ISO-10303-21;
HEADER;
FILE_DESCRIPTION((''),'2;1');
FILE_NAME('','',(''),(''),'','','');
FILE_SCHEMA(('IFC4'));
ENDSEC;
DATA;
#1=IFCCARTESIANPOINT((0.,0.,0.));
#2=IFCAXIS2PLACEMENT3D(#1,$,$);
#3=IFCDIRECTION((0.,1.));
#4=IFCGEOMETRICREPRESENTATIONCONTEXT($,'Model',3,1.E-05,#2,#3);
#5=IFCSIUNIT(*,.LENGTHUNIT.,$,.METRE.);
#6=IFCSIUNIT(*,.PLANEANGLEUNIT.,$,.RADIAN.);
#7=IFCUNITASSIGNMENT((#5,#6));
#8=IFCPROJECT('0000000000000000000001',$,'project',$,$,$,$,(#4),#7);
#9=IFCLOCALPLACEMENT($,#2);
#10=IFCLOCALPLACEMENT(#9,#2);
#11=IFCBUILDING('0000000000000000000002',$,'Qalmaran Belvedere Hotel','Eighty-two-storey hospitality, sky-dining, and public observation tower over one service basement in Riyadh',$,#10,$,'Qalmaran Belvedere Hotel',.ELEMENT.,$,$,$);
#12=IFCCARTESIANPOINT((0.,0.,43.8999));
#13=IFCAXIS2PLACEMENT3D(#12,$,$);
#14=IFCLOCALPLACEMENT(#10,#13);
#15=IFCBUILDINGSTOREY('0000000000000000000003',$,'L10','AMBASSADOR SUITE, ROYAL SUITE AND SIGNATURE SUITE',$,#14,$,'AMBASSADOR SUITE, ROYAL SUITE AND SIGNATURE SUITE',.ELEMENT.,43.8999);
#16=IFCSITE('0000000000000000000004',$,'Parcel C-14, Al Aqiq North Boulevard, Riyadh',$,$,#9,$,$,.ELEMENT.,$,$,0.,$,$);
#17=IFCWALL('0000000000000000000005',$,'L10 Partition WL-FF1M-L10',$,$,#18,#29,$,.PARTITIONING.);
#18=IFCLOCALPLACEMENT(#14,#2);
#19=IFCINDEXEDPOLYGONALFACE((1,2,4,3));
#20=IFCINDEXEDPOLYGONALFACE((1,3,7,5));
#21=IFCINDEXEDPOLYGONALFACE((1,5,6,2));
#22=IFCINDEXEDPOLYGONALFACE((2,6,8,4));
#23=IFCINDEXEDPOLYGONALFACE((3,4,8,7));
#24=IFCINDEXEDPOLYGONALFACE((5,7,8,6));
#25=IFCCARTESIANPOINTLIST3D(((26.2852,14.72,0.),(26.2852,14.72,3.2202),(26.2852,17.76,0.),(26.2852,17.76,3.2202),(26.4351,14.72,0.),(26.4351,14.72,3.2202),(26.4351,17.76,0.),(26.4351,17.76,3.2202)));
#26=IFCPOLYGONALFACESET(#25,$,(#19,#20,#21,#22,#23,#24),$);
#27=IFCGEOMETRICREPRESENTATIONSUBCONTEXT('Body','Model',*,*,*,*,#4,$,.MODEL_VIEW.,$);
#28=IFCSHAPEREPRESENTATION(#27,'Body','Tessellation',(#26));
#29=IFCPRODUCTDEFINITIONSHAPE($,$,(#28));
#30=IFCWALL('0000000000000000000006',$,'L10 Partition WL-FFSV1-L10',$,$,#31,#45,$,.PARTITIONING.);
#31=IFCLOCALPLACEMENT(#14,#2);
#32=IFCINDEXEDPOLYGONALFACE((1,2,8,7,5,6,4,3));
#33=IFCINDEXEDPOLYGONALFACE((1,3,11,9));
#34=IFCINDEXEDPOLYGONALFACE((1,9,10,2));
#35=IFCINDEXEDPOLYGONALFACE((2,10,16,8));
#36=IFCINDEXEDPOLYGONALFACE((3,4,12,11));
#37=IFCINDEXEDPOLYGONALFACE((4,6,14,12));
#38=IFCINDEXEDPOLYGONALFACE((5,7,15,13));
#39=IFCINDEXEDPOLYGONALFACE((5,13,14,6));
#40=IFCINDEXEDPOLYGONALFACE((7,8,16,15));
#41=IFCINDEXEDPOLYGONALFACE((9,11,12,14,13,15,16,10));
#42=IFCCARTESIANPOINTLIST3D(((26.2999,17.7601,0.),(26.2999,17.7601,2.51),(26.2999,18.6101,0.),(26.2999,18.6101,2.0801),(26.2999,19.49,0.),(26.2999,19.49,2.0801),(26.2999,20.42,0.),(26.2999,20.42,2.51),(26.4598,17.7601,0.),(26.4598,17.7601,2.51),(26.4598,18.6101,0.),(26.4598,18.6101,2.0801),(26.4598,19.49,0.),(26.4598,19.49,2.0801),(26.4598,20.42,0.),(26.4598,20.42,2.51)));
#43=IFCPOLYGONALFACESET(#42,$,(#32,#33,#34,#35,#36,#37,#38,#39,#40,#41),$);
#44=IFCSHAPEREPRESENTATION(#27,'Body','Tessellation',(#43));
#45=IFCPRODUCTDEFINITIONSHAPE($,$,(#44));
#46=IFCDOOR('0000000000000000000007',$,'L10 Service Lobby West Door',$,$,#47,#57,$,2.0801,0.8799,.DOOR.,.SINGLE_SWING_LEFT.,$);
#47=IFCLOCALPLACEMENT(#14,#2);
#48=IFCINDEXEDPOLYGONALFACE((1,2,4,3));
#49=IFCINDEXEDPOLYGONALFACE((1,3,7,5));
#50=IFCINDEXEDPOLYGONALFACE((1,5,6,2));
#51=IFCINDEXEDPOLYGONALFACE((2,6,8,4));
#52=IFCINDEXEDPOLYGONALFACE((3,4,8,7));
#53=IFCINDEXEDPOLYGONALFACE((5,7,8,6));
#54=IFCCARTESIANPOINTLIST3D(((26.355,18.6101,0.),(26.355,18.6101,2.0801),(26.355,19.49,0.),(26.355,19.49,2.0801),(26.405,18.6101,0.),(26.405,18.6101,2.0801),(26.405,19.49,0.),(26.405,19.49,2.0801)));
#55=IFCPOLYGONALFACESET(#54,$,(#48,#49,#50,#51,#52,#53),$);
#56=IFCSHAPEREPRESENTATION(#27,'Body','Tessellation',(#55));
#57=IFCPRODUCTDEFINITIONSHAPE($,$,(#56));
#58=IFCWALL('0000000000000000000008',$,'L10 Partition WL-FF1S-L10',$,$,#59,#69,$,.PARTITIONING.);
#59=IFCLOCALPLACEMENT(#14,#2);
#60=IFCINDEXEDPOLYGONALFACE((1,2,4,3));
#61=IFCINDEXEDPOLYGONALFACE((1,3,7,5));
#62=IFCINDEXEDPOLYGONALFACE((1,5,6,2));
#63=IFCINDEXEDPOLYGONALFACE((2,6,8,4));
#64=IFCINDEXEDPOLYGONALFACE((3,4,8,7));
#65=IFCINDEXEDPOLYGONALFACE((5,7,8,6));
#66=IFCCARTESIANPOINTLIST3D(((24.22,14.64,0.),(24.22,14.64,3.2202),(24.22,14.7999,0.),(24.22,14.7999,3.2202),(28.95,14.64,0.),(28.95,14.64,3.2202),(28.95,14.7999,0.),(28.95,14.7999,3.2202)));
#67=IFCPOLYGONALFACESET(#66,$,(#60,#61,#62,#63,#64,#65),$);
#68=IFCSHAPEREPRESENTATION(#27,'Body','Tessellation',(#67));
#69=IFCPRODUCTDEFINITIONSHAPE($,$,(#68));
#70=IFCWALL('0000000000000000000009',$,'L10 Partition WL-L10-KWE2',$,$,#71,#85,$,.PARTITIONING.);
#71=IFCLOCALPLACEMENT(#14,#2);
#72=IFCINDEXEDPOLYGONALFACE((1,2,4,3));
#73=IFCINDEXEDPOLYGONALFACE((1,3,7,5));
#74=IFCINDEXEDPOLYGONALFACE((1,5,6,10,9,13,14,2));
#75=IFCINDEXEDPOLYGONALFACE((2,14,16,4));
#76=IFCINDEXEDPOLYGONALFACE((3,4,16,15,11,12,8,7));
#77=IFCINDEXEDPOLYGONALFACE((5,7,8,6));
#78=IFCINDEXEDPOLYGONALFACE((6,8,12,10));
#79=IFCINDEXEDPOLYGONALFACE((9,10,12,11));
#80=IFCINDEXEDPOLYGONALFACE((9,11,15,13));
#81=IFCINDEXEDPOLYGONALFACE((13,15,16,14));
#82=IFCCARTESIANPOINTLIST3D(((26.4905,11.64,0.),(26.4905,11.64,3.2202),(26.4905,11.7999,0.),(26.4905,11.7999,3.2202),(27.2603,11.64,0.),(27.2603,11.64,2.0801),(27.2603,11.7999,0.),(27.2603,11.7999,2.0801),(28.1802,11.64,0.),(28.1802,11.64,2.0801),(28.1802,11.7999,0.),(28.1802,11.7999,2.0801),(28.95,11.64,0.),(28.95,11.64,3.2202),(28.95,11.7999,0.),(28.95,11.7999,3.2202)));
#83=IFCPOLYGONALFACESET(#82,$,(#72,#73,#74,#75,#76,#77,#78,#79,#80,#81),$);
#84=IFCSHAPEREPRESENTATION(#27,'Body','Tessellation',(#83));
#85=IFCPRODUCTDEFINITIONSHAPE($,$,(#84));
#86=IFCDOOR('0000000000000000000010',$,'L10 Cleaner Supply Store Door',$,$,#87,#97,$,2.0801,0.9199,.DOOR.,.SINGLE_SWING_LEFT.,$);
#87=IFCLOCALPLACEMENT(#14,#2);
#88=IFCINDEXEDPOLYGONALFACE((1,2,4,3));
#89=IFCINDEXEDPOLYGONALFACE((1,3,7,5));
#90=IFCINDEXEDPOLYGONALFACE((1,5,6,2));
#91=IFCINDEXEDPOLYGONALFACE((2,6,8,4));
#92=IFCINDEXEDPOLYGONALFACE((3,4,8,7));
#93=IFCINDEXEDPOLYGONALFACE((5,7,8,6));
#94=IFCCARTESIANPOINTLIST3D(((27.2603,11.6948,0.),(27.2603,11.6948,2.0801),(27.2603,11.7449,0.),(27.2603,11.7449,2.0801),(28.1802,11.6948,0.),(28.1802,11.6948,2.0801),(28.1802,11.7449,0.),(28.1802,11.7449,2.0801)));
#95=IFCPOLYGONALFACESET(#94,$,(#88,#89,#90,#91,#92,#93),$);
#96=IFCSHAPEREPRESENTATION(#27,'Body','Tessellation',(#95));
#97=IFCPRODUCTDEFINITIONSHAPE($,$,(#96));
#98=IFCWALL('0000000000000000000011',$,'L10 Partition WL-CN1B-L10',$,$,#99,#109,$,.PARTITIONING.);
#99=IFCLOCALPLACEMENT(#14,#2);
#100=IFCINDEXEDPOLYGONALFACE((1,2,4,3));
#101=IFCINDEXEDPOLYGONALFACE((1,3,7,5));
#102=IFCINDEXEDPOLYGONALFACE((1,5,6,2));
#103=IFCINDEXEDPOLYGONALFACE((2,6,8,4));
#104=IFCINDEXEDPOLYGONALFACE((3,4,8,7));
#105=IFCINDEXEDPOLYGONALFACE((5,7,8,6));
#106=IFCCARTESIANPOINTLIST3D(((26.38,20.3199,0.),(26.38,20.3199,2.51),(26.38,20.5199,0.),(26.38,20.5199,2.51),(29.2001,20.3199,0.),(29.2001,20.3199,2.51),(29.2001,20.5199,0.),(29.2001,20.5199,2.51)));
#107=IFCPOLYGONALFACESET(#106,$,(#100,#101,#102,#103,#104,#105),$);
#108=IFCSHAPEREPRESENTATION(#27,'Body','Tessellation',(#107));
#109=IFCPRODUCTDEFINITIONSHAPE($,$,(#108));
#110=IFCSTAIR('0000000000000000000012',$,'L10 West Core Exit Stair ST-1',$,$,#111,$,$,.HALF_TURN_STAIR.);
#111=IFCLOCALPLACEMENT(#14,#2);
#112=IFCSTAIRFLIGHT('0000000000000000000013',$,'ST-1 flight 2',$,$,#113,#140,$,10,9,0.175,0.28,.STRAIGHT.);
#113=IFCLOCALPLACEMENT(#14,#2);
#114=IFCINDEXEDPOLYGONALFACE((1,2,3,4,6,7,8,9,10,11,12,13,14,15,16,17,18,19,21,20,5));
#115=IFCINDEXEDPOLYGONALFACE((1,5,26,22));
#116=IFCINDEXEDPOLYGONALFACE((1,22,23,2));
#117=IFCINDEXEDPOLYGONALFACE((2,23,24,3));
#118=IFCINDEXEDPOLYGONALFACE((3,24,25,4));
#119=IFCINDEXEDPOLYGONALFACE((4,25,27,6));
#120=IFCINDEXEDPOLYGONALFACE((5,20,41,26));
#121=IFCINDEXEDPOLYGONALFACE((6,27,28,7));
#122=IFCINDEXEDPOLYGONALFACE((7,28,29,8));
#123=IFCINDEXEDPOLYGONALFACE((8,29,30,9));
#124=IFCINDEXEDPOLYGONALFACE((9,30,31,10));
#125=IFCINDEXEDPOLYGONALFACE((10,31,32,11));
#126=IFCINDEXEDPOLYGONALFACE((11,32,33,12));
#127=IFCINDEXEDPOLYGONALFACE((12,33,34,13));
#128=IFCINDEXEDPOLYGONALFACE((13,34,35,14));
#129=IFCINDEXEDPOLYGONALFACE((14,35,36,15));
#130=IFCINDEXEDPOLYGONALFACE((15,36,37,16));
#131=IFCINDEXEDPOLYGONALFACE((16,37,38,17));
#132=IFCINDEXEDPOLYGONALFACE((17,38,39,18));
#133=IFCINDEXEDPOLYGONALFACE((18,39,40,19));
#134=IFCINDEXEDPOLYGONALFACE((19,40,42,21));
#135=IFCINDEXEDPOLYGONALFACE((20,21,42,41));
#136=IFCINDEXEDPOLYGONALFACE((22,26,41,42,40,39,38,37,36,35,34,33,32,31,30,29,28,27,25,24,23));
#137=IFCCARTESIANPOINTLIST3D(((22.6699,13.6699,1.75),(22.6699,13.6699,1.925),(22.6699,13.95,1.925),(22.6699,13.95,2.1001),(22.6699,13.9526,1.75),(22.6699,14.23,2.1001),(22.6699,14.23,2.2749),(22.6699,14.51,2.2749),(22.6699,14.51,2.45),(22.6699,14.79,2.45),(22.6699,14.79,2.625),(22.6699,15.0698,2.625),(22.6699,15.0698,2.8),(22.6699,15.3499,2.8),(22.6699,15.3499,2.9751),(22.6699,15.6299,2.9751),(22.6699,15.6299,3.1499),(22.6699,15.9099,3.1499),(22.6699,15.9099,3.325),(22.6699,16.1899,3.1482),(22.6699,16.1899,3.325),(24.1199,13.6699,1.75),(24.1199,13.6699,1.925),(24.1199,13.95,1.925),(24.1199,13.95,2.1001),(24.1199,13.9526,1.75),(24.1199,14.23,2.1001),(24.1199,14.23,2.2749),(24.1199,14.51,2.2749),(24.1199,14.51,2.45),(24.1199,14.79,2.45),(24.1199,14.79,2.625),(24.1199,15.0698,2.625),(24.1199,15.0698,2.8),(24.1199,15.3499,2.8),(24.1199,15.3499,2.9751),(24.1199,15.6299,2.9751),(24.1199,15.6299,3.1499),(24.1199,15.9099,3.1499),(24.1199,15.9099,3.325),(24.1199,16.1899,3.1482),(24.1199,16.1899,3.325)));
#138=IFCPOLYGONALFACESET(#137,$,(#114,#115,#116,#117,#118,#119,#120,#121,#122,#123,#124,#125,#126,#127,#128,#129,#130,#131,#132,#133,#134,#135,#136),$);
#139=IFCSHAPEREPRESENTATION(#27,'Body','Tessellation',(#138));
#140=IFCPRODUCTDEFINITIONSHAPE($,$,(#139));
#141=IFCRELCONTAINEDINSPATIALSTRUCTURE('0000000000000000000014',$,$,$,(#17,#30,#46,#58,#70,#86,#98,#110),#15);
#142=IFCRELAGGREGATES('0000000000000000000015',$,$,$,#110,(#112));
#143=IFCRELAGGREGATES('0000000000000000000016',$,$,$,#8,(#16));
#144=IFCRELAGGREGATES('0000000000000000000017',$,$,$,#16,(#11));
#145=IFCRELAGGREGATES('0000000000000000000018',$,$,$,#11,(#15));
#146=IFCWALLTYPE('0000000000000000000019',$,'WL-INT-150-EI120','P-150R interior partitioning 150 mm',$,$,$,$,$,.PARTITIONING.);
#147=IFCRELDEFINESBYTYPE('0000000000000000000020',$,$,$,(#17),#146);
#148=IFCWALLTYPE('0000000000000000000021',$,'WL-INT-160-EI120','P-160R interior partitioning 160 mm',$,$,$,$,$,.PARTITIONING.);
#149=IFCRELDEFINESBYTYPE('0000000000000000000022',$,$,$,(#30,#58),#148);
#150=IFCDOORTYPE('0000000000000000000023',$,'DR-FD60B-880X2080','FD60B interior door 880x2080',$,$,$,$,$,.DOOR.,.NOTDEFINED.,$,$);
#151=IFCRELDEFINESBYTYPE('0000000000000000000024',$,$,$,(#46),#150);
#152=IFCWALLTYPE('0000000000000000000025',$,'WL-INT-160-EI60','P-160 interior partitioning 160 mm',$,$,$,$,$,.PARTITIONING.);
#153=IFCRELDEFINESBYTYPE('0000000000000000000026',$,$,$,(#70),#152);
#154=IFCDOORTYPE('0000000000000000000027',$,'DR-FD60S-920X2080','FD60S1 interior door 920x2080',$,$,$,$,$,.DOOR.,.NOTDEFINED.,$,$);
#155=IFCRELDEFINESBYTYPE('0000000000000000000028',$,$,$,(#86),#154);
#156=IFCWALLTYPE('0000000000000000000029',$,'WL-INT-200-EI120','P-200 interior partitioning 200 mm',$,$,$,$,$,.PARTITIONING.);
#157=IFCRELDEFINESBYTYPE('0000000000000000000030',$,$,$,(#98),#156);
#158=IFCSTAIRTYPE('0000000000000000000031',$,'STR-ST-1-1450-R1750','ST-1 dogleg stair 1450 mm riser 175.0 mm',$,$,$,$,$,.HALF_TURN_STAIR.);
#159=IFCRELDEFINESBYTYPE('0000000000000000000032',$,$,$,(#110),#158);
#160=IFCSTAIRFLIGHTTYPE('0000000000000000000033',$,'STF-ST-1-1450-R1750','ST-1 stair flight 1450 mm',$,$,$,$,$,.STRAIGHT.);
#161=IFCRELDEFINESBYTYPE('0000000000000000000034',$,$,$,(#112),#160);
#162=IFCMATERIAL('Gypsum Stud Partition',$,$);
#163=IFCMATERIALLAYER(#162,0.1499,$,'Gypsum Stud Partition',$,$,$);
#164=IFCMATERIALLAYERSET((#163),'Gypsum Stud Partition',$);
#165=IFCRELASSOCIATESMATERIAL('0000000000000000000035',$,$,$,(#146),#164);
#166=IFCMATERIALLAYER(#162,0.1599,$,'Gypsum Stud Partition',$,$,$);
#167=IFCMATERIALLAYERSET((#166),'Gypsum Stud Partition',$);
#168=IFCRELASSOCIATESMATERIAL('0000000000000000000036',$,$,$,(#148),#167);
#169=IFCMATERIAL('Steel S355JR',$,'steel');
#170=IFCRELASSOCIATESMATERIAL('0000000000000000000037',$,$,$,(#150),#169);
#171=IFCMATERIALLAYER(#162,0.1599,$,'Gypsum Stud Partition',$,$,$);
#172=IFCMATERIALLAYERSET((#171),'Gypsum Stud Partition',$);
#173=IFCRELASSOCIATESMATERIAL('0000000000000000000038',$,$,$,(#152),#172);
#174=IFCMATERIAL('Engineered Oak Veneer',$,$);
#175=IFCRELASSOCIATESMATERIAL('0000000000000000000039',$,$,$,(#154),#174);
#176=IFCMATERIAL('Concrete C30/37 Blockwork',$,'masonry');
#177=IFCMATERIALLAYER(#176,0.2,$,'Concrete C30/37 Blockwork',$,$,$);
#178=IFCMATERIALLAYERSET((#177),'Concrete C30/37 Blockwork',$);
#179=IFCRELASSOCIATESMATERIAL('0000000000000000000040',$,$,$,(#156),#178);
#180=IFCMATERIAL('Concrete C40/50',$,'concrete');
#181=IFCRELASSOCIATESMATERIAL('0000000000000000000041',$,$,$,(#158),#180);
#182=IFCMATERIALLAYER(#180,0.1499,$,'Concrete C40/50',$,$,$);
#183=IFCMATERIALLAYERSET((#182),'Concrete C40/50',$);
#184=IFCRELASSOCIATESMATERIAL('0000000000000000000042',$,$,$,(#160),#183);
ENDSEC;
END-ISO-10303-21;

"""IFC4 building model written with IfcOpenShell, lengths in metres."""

from ifc_helpers import new_model, si_unit, direction, frame, frame_2d, origin, place, context, subcontext, project, spatial, polyline, rectangle, outline, extrude, material, layer, layer_set, type_object, element, fill, aggregate, save


model = new_model("IFC4")

# Units and contexts
model_context = context("Model", 3, precision=1e-05, world=origin(), true_north=direction((0.0, 1.0)))
body_context = subcontext(model_context, "Body", "Model", "MODEL_VIEW")
ifc_project = project(units=[si_unit("LENGTHUNIT", "METRE"), si_unit("PLANEANGLEUNIT", "RADIAN")], contexts=[model_context])

# Site, building, storey
site_placement = place(None, origin())
site = spatial("IfcSite", under=ifc_project, at=site_placement, Name="Parcel C-14, Al Aqiq North Boulevard, Riyadh", CompositionType="ELEMENT", RefElevation=0.0)
building_placement = place(site_placement, origin())
building = spatial("IfcBuilding", under=site, at=building_placement, Name="Qalmaran Belvedere Hotel", Description="Eighty-two-storey hospitality, sky-dining, and public observation tower over one service basement in Riyadh", LongName="Qalmaran Belvedere Hotel", CompositionType="ELEMENT")
storey_placement = place(building_placement, frame((0.0, 0.0, 43.8999)))
storey = spatial("IfcBuildingStorey", under=building, at=storey_placement, Name="L10", Description="AMBASSADOR SUITE, ROYAL SUITE AND SIGNATURE SUITE", LongName="AMBASSADOR SUITE, ROYAL SUITE AND SIGNATURE SUITE", CompositionType="ELEMENT", Elevation=43.8999)

# Wall
ifc_material_1 = material(Name="Gypsum Stud Partition")
ifc_layer_1 = layer(ifc_material_1, 0.1499, Name="Gypsum Stud Partition")
ifc_layer_set_1 = layer_set([ifc_layer_1], Name="Gypsum Stud Partition")
wall_type_1 = type_object("IfcWallType", Name="WL-INT-150-EI120", Description="P-150R interior partitioning 150 mm", PredefinedType="PARTITIONING", material=ifc_layer_set_1)
wall_1_placement = place(storey_placement, frame((26.3601, 14.72, 0.0), z_axis=(0.0, 0.0, 1.0), x_axis=(0.0, 1.0, 0.0)))
element("IfcWall", 1, at=wall_1_placement, inside=storey, type_object=wall_type_1, Name="L10 Partition WL-FF1M-L10", PredefinedType="PARTITIONING", context=body_context, shape_type="SweptSolid", body=[
    extrude(rectangle(XDim=3.04, YDim=0.1499, at=frame_2d((1.52, 0.0))), origin(), (0.0, 0.0, 1.0), 3.2202),
])

# Wall, opening, door
ifc_layer_2 = layer(ifc_material_1, 0.1599, Name="Gypsum Stud Partition")
ifc_layer_set_2 = layer_set([ifc_layer_2], Name="Gypsum Stud Partition")
wall_type_2 = type_object("IfcWallType", Name="WL-INT-160-EI120", Description="P-160R interior partitioning 160 mm", PredefinedType="PARTITIONING", material=ifc_layer_set_2)
wall_2_placement = place(storey_placement, frame((26.3799, 17.76, 0.0), z_axis=(0.0, 0.0, 1.0), x_axis=(0.0, 1.0, 0.0)))
wall_2 = element("IfcWall", 2, at=wall_2_placement, inside=storey, type_object=wall_type_2, Name="L10 Partition WL-FFSV1-L10", PredefinedType="PARTITIONING", context=body_context, shape_type="SweptSolid", body=[
    extrude(rectangle(XDim=2.6599, YDim=0.1599, at=frame_2d((1.3301, 0.0))), origin(), (0.0, 0.0, 1.0), 2.51),
])
opening_1_placement = place(wall_2_placement, frame((0.8501, 0.0, 0.0)))
opening_1 = element("IfcOpeningElement", 3, at=opening_1_placement, cuts=wall_2, PredefinedType="OPENING", context=body_context, shape_type="SweptSolid", body=[
    extrude(rectangle(XDim=0.8799, YDim=2.0801, at=frame_2d((0.4399, 1.04))), frame((0.0, 0.0898, 0.0), z_axis=(0.0, -1.0, 0.0), x_axis=(1.0, 0.0, 0.0)), (0.0, 0.0, 1.0), 0.1799),
])
ifc_material_2 = material(Name="Steel S355JR", Category="steel")
door_type_1 = type_object("IfcDoorType", Name="DR-FD60B-880X2080", Description="FD60B interior door 880x2080", OperationType="NOTDEFINED", PredefinedType="DOOR", material=ifc_material_2)
door_1_placement = place(opening_1_placement, origin())
door_1 = element("IfcDoor", 4, at=door_1_placement, inside=storey, type_object=door_type_1, Name="L10 Service Lobby West Door", OperationType="SINGLE_SWING_LEFT", OverallHeight=2.0801, OverallWidth=0.8799, PredefinedType="DOOR", context=body_context, shape_type="SweptSolid", body=[
    extrude(rectangle(XDim=0.8799, YDim=2.0801, at=frame_2d((0.4399, 1.04))), frame((0.0, 0.0249, 0.0), z_axis=(0.0, -1.0, 0.0), x_axis=(1.0, 0.0, 0.0)), (0.0, 0.0, 1.0), 0.05),
])
fill(opening_1, door_1)

# Wall
wall_3_placement = place(storey_placement, frame((24.22, 14.72, 0.0), z_axis=(0.0, 0.0, 1.0), x_axis=(1.0, 0.0, 0.0)))
element("IfcWall", 5, at=wall_3_placement, inside=storey, type_object=wall_type_2, Name="L10 Partition WL-FF1S-L10", PredefinedType="PARTITIONING", context=body_context, shape_type="SweptSolid", body=[
    extrude(rectangle(XDim=4.73, YDim=0.1599, at=frame_2d((2.365, 0.0))), origin(), (0.0, 0.0, 1.0), 3.2202),
])

# Wall, opening, door
ifc_layer_3 = layer(ifc_material_1, 0.1599, Name="Gypsum Stud Partition")
ifc_layer_set_3 = layer_set([ifc_layer_3], Name="Gypsum Stud Partition")
wall_type_3 = type_object("IfcWallType", Name="WL-INT-160-EI60", Description="P-160 interior partitioning 160 mm", PredefinedType="PARTITIONING", material=ifc_layer_set_3)
wall_4_placement = place(storey_placement, frame((26.4905, 11.72, 0.0), z_axis=(0.0, 0.0, 1.0), x_axis=(1.0, 0.0, 0.0)))
wall_4 = element("IfcWall", 6, at=wall_4_placement, inside=storey, type_object=wall_type_3, Name="L10 Partition WL-L10-KWE2", PredefinedType="PARTITIONING", context=body_context, shape_type="SweptSolid", body=[
    extrude(rectangle(XDim=2.4595, YDim=0.1599, at=frame_2d((1.2297, 0.0))), origin(), (0.0, 0.0, 1.0), 3.2202),
])
opening_2_placement = place(wall_4_placement, frame((0.7698, 0.0, 0.0)))
opening_2 = element("IfcOpeningElement", 7, at=opening_2_placement, cuts=wall_4, PredefinedType="OPENING", context=body_context, shape_type="SweptSolid", body=[
    extrude(rectangle(XDim=0.9199, YDim=2.0801, at=frame_2d((0.46, 1.04))), frame((0.0, 0.0898, 0.0), z_axis=(0.0, -1.0, 0.0), x_axis=(1.0, 0.0, 0.0)), (0.0, 0.0, 1.0), 0.1799),
])
ifc_material_3 = material(Name="Engineered Oak Veneer")
door_type_2 = type_object("IfcDoorType", Name="DR-FD60S-920X2080", Description="FD60S1 interior door 920x2080", OperationType="NOTDEFINED", PredefinedType="DOOR", material=ifc_material_3)
door_2_placement = place(opening_2_placement, origin())
door_2 = element("IfcDoor", 8, at=door_2_placement, inside=storey, type_object=door_type_2, Name="L10 Cleaner Supply Store Door", OperationType="SINGLE_SWING_LEFT", OverallHeight=2.0801, OverallWidth=0.9199, PredefinedType="DOOR", context=body_context, shape_type="SweptSolid", body=[
    extrude(rectangle(XDim=0.9199, YDim=2.0801, at=frame_2d((0.46, 1.04))), frame((0.0, 0.0249, 0.0), z_axis=(0.0, -1.0, 0.0), x_axis=(1.0, 0.0, 0.0)), (0.0, 0.0, 1.0), 0.05),
])
fill(opening_2, door_2)

# Wall
ifc_material_4 = material(Name="Concrete C30/37 Blockwork", Category="masonry")
ifc_layer_4 = layer(ifc_material_4, 0.2, Name="Concrete C30/37 Blockwork")
ifc_layer_set_4 = layer_set([ifc_layer_4], Name="Concrete C30/37 Blockwork")
wall_type_4 = type_object("IfcWallType", Name="WL-INT-200-EI120", Description="P-200 interior partitioning 200 mm", PredefinedType="PARTITIONING", material=ifc_layer_set_4)
wall_5_placement = place(storey_placement, frame((26.3799, 20.4199, 0.0), z_axis=(0.0, 0.0, 1.0), x_axis=(1.0, 0.0, 0.0)))
element("IfcWall", 9, at=wall_5_placement, inside=storey, type_object=wall_type_4, Name="L10 Partition WL-CN1B-L10", PredefinedType="PARTITIONING", context=body_context, shape_type="SweptSolid", body=[
    extrude(rectangle(XDim=2.8201, YDim=0.2, at=frame_2d((1.4102, 0.0))), origin(), (0.0, 0.0, 1.0), 2.51),
])

# Stair, stair flight
ifc_material_5 = material(Name="Concrete C40/50", Category="concrete")
stair_type = type_object("IfcStairType", Name="STR-ST-1-1450-R1750", Description="ST-1 dogleg stair 1450 mm riser 175.0 mm", PredefinedType="HALF_TURN_STAIR", material=ifc_material_5)
stair_placement = place(storey_placement, origin())
stair = element("IfcStair", 10, at=stair_placement, inside=storey, type_object=stair_type, Name="L10 West Core Exit Stair ST-1", PredefinedType="HALF_TURN_STAIR")
ifc_layer_5 = layer(ifc_material_5, 0.1499, Name="Concrete C40/50")
ifc_layer_set_5 = layer_set([ifc_layer_5], Name="Concrete C40/50")
stair_flight_type = type_object("IfcStairFlightType", Name="STF-ST-1-1450-R1750", Description="ST-1 stair flight 1450 mm", PredefinedType="STRAIGHT", material=ifc_layer_set_5)
stair_flight_placement = place(storey_placement, frame((23.395, 13.6699, 1.75), z_axis=(0.0, 0.0, 1.0), x_axis=(0.0, 1.0, 0.0)))
stair_flight = element("IfcStairFlight", 11, at=stair_flight_placement, type_object=stair_flight_type, Name="ST-1 flight 2", NumberOfRisers=10, NumberOfTreads=9, PredefinedType="STRAIGHT", RiserHeight=0.175, TreadLength=0.28, context=body_context, shape_type="SweptSolid", body=[
    extrude(outline(polyline([(0.0, 0.0), (0.0, 0.175), (0.28, 0.175), (0.28, 0.3501), (0.5601, 0.3501), (0.5601, 0.5249), (0.8401, 0.5249), (0.8401, 0.7), (1.1201, 0.7), (1.1201, 0.875), (1.3999, 0.875), (1.3999, 1.05), (1.6799, 1.05), (1.6799, 1.2251), (1.96, 1.2251), (1.96, 1.3999), (2.24, 1.3999), (2.24, 1.575), (2.52, 1.575), (2.52, 1.75), (2.52, 1.3982), (0.2827, 0.0), (0.0, 0.0)])), frame((0.0, 0.7251, 0.0), z_axis=(0.0, -1.0, 0.0), x_axis=(1.0, 0.0, 0.0)), (0.0, 0.0, 1.0), 1.45),
])
aggregate(stair, [stair_flight])

save(model, "model.ifc")
